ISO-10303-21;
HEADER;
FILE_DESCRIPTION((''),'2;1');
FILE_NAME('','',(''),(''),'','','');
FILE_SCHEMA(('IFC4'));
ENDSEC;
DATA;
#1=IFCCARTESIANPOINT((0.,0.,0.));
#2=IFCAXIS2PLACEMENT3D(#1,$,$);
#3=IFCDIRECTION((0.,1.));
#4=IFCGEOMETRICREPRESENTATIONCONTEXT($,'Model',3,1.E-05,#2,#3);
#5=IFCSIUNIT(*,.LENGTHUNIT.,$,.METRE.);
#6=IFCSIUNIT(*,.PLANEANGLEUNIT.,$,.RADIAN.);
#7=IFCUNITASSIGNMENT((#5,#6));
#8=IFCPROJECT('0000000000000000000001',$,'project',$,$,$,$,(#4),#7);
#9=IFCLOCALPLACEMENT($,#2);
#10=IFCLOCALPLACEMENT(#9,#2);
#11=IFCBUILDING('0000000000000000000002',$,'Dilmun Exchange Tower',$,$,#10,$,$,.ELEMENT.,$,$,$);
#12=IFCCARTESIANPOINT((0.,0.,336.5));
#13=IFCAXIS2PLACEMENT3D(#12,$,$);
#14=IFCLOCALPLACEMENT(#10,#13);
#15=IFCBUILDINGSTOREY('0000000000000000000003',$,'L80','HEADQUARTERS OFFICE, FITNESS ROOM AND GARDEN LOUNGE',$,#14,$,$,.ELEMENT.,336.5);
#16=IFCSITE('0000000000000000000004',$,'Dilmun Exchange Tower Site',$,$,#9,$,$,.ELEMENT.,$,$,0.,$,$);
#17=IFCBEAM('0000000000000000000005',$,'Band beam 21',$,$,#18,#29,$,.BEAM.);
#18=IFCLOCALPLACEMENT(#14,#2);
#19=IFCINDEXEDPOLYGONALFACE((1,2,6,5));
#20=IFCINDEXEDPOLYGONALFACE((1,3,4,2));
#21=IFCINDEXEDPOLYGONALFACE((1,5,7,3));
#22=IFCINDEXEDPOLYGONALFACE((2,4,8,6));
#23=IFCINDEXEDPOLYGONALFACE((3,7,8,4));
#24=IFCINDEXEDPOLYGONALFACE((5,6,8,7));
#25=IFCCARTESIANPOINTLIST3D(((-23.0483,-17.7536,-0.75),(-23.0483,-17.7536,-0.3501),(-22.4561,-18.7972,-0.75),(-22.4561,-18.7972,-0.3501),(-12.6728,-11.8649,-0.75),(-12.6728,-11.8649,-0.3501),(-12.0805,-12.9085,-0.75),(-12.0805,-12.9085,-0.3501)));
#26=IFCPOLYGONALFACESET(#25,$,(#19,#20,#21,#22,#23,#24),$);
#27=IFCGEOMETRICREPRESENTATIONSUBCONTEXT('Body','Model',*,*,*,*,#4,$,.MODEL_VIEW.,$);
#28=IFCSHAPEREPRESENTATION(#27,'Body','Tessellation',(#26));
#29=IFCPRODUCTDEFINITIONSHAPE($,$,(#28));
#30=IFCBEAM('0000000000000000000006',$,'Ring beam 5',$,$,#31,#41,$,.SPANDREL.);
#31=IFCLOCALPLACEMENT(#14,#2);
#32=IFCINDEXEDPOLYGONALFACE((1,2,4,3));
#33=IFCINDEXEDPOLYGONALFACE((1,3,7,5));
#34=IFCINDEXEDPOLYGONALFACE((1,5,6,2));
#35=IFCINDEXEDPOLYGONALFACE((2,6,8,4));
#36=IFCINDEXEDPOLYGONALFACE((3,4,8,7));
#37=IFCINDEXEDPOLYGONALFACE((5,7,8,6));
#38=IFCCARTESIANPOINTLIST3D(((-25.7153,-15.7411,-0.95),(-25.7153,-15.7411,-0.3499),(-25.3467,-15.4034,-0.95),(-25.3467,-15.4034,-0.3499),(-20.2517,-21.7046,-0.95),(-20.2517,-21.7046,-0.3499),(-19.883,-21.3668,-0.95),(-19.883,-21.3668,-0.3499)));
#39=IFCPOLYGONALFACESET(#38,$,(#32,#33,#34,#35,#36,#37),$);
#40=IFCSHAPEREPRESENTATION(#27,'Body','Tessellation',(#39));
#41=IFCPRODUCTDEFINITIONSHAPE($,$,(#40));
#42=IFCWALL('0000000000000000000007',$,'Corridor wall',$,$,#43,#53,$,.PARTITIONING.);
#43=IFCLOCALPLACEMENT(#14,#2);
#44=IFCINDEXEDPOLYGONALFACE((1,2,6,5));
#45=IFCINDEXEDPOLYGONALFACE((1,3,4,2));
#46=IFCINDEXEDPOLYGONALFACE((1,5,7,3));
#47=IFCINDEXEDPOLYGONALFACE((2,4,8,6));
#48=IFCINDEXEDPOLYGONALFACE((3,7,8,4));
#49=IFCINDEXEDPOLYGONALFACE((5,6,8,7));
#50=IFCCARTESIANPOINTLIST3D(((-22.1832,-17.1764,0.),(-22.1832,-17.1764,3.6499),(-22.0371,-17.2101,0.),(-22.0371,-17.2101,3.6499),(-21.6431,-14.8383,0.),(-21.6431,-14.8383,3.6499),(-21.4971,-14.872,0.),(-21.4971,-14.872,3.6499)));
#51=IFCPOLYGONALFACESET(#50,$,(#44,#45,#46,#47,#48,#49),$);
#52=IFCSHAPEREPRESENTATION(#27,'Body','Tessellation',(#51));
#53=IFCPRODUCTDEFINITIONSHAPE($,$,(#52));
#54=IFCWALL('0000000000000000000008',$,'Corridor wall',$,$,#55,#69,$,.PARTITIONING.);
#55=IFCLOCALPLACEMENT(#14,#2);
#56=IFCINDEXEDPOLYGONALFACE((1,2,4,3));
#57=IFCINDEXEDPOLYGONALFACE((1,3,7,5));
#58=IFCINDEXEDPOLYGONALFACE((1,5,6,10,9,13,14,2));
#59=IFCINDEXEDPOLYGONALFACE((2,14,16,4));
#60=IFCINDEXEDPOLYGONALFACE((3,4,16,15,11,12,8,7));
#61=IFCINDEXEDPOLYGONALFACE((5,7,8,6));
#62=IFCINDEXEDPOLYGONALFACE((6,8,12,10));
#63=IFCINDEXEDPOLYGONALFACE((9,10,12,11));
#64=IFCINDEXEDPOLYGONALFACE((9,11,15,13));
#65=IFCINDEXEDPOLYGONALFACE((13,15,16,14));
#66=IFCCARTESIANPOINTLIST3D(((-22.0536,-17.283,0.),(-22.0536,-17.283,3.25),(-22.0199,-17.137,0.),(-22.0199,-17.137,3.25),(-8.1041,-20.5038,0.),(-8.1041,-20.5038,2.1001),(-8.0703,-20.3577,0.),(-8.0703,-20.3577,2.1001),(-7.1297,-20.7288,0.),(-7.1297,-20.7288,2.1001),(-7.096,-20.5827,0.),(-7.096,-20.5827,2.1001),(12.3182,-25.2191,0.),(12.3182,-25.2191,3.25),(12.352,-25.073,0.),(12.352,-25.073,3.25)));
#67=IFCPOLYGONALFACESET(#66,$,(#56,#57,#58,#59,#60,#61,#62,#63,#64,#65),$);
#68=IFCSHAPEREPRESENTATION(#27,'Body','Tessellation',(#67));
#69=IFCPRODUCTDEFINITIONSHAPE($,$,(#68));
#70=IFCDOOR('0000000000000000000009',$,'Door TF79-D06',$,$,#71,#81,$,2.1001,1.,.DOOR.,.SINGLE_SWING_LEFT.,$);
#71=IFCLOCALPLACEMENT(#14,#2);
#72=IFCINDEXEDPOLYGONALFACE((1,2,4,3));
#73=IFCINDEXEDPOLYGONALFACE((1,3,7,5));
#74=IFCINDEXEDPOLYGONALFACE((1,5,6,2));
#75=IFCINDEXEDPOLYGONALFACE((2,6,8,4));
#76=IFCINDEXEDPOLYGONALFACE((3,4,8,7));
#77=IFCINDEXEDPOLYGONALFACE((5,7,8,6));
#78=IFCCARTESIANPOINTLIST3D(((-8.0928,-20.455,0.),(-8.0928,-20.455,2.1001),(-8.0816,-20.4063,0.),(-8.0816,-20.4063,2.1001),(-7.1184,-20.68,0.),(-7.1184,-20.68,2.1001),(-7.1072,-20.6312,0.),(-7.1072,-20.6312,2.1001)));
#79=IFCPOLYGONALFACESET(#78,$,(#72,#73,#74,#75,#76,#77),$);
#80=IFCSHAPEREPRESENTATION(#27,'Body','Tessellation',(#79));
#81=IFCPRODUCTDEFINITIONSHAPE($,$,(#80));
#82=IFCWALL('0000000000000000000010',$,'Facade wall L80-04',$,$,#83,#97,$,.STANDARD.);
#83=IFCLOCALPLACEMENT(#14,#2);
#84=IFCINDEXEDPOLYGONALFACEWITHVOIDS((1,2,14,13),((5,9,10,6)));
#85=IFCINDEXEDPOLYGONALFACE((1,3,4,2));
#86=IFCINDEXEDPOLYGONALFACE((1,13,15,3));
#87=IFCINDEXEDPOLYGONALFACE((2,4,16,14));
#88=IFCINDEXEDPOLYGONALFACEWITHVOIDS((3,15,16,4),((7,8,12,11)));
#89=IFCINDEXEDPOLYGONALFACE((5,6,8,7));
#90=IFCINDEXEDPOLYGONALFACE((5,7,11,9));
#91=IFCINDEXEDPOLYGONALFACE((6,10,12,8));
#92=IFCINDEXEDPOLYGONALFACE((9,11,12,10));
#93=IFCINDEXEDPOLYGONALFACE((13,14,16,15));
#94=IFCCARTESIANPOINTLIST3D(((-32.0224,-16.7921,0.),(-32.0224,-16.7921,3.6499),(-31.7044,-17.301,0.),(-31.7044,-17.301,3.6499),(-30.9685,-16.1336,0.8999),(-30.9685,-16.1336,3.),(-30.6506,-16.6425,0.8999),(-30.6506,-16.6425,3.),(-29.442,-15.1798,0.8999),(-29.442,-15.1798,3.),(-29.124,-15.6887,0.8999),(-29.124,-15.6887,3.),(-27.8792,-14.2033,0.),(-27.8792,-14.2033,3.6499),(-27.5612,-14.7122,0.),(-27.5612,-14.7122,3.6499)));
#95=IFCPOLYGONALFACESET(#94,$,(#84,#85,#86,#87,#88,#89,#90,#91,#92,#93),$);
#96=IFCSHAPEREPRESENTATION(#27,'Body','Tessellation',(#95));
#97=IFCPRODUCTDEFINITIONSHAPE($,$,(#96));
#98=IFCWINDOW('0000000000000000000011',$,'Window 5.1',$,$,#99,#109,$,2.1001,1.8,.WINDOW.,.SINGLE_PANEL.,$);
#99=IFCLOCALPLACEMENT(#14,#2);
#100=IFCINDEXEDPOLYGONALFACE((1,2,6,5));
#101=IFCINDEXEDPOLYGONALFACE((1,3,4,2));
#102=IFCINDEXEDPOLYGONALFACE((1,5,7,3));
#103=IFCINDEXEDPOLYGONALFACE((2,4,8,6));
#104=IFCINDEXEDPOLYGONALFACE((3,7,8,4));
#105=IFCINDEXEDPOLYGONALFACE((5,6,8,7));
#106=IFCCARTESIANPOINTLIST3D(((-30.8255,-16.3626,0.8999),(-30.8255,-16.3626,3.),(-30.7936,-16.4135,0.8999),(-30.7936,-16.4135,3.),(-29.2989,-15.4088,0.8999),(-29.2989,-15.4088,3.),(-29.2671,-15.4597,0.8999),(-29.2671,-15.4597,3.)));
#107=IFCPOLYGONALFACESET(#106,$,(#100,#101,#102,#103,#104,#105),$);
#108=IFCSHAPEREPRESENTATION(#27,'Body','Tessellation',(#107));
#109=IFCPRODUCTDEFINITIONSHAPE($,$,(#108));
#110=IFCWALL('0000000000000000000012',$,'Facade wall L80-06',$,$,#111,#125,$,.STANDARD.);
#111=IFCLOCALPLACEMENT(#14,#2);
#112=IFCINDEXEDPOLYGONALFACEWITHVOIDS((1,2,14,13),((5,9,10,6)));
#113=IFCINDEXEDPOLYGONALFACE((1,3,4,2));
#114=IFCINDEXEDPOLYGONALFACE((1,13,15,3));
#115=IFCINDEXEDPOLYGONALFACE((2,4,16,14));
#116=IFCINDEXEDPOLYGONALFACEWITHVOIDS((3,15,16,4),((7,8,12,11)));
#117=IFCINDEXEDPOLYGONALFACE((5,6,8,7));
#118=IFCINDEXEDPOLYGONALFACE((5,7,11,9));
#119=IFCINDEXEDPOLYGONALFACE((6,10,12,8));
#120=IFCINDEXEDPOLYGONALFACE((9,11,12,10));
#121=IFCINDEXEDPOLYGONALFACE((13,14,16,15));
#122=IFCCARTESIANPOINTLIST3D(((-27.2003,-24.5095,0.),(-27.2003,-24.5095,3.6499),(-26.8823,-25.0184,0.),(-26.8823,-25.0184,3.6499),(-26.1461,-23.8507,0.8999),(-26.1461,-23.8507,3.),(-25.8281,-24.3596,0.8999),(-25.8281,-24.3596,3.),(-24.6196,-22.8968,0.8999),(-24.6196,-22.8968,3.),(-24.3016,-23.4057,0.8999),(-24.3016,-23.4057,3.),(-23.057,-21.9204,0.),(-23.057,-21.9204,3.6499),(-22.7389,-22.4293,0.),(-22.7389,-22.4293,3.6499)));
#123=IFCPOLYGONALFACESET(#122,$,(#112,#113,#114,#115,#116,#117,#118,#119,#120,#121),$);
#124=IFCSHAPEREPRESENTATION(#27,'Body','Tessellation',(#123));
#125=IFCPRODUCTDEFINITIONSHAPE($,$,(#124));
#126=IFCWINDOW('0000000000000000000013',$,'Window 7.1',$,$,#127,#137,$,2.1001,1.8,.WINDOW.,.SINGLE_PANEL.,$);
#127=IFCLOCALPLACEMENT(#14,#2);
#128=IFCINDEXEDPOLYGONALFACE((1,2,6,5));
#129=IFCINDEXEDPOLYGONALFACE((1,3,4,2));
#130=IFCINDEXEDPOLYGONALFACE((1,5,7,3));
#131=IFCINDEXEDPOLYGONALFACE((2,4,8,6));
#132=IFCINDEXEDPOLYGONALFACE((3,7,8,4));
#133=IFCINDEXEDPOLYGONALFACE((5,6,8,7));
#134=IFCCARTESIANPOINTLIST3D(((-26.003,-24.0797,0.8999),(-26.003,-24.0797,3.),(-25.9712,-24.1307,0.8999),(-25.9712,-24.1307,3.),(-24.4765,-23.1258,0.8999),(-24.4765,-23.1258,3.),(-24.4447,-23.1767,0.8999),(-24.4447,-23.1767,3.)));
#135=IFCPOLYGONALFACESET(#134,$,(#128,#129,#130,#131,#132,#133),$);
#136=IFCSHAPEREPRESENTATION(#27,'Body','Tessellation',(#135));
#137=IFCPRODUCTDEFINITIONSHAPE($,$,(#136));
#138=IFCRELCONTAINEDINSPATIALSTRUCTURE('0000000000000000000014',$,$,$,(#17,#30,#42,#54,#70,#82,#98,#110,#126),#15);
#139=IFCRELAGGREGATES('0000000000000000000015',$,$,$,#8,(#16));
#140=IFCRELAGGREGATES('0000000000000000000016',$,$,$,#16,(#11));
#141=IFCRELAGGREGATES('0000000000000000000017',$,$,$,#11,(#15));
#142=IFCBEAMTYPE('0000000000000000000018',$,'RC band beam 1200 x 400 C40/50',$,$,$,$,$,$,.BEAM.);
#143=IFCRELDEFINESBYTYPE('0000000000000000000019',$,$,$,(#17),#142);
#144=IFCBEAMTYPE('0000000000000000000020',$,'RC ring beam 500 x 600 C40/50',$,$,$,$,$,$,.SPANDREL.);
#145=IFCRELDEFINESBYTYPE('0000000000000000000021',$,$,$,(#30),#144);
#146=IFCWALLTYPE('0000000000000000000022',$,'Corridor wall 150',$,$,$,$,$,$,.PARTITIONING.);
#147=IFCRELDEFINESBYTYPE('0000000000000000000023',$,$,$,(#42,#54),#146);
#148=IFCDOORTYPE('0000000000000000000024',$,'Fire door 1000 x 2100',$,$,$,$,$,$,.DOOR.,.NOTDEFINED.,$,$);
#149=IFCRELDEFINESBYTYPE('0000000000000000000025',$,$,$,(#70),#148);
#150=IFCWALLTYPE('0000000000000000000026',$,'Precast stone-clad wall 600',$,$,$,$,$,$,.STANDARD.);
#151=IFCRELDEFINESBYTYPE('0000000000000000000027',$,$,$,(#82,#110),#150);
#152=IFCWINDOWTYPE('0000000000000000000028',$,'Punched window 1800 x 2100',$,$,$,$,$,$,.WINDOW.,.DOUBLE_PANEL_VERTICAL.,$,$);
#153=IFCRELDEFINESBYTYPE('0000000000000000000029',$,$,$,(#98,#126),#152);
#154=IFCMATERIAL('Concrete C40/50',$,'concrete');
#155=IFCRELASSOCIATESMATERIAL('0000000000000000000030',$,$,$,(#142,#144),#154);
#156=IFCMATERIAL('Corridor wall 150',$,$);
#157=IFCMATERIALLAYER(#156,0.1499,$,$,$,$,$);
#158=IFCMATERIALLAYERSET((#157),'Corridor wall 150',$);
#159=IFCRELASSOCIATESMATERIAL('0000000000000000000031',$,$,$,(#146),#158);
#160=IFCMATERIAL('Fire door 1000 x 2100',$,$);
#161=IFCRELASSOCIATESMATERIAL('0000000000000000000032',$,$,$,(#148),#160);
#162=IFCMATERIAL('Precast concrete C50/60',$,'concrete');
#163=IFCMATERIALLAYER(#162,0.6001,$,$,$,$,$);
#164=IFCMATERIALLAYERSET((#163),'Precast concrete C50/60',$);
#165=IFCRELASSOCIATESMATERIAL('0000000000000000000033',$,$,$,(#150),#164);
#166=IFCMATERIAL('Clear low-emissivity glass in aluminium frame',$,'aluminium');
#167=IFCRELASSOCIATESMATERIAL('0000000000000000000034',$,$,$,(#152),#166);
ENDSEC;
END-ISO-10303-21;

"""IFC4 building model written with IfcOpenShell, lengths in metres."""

from ifc_helpers import new_model, si_unit, direction, frame, frame_2d, origin, origin_2d, place, context, subcontext, project, spatial, rectangle, extrude, material, layer, layer_set, material_profile, profile_set, type_object, element, fill, save


model = new_model("IFC4")

# Units and contexts
model_context = context("Model", 3, precision=1e-05, world=origin(), true_north=direction((0.0, 1.0)))
body_context = subcontext(model_context, "Body", "Model", "MODEL_VIEW")
ifc_project = project(units=[si_unit("LENGTHUNIT", "METRE"), si_unit("PLANEANGLEUNIT", "RADIAN")], contexts=[model_context])

# Site, building, storey
site_placement = place(None, origin())
site = spatial("IfcSite", under=ifc_project, at=site_placement, Name="Dilmun Exchange Tower Site", CompositionType="ELEMENT", RefElevation=0.0)
building_placement = place(site_placement, origin())
building = spatial("IfcBuilding", under=site, at=building_placement, Name="Dilmun Exchange Tower", CompositionType="ELEMENT")
storey_placement = place(building_placement, frame((0.0, 0.0, 336.5)))
storey = spatial("IfcBuildingStorey", under=building, at=storey_placement, Name="L80", Description="HEADQUARTERS OFFICE, FITNESS ROOM AND GARDEN LOUNGE", CompositionType="ELEMENT", Elevation=336.5)

# Beams
ifc_material_1 = material(Name="Concrete C40/50", Category="concrete")
ifc_material_profile_1 = material_profile(ifc_material_1, rectangle(XDim=1.2, YDim=0.3999, at=origin_2d()), Name="1200 x 400")
ifc_profile_set_1 = profile_set([ifc_material_profile_1], Name="Concrete C40/50")
beam_type_1 = type_object("IfcBeamType", Name="RC band beam 1200 x 400 C40/50", PredefinedType="BEAM", material=ifc_profile_set_1)
beam_1_placement = place(storey_placement, frame((-22.7522, -18.2754, -0.55), z_axis=(0.86969, 0.493598, 0.0), x_axis=(-0.493598, 0.86969, 0.0)))
element("IfcBeam", 1, at=beam_1_placement, inside=storey, type_object=beam_type_1, Name="Band beam 21", PredefinedType="BEAM", context=body_context, shape_type="SweptSolid", body=[
    extrude(rectangle(XDim=1.2, YDim=0.3999, at=origin_2d()), origin(), (0.0, 0.0, 1.0), 11.9302),
])
ifc_material_profile_2 = material_profile(ifc_material_1, rectangle(XDim=0.5, YDim=0.6001, at=origin_2d()), Name="500 x 600")
ifc_profile_set_2 = profile_set([ifc_material_profile_2], Name="Concrete C40/50")
beam_type_2 = type_object("IfcBeamType", Name="RC ring beam 500 x 600 C40/50", PredefinedType="SPANDREL", material=ifc_profile_set_2)
beam_2_placement = place(storey_placement, frame((-25.531, -15.5723, -0.6499), z_axis=(0.675536, -0.737327, 0.0), x_axis=(0.737327, 0.675536, 0.0)))
element("IfcBeam", 2, at=beam_2_placement, inside=storey, type_object=beam_type_2, Name="Ring beam 5", PredefinedType="SPANDREL", context=body_context, shape_type="SweptSolid", body=[
    extrude(rectangle(XDim=0.5, YDim=0.6001, at=origin_2d()), origin(), (0.0, 0.0, 1.0), 8.0879),
])

# Wall
ifc_material_2 = material(Name="Corridor wall 150")
ifc_layer_1 = layer(ifc_material_2, 0.1499)
ifc_layer_set_1 = layer_set([ifc_layer_1], Name="Corridor wall 150")
wall_type_1 = type_object("IfcWallType", Name="Corridor wall 150", PredefinedType="PARTITIONING", material=ifc_layer_set_1)
wall_1_placement = place(storey_placement, frame((-22.1101, -17.1931, 0.0), z_axis=(0.0, 0.0, 1.0), x_axis=(0.225045, 0.974348, 0.0)))
element("IfcWall", 3, at=wall_1_placement, inside=storey, type_object=wall_type_1, Name="Corridor wall", PredefinedType="PARTITIONING", context=body_context, shape_type="SweptSolid", body=[
    extrude(rectangle(XDim=2.3997, YDim=0.1499, at=frame_2d((1.1997, 0.0))), origin(), (0.0, 0.0, 1.0), 3.6499),
])

# Wall, opening, door
wall_2_placement = place(storey_placement, frame((-22.0369, -17.21, 0.0), z_axis=(0.0, 0.0, 1.0), x_axis=(0.974366, -0.224969, 0.0)))
wall_2 = element("IfcWall", 4, at=wall_2_placement, inside=storey, type_object=wall_type_1, Name="Corridor wall", PredefinedType="PARTITIONING", context=body_context, shape_type="SweptSolid", body=[
    extrude(rectangle(XDim=35.2761, YDim=0.1499, at=frame_2d((17.6382, 0.0))), origin(), (0.0, 0.0, 1.0), 3.25),
])
opening_1_placement = place(wall_2_placement, frame((14.3167, 0.0, 0.0)))
opening_1 = element("IfcOpeningElement", 5, at=opening_1_placement, cuts=wall_2, PredefinedType="OPENING", context=body_context, shape_type="SweptSolid", body=[
    extrude(rectangle(XDim=1.0, YDim=2.1001, at=frame_2d((0.5, 1.05))), frame((0.0, 0.085, 0.0), z_axis=(0.0, -1.0, 0.0), x_axis=(1.0, 0.0, 0.0)), (0.0, 0.0, 1.0), 0.1699),
])
ifc_material_3 = material(Name="Fire door 1000 x 2100")
door_type = type_object("IfcDoorType", Name="Fire door 1000 x 2100", OperationType="NOTDEFINED", PredefinedType="DOOR", material=ifc_material_3)
door_placement = place(opening_1_placement, frame((1.0, 0.0, 0.0), z_axis=(0.0, 0.0, 1.0), x_axis=(-1.0, 0.0, 0.0)))
door = element("IfcDoor", 6, at=door_placement, inside=storey, type_object=door_type, Name="Door TF79-D06", OperationType="SINGLE_SWING_LEFT", OverallHeight=2.1001, OverallWidth=1.0, PredefinedType="DOOR", context=body_context, shape_type="SweptSolid", body=[
    extrude(rectangle(XDim=1.0, YDim=2.1001, at=frame_2d((0.5, 1.05))), frame((0.0, 0.0249, 0.0), z_axis=(0.0, -1.0, 0.0), x_axis=(1.0, 0.0, 0.0)), (0.0, 0.0, 1.0), 0.05),
])
fill(opening_1, door)

# Walls, openings, windows
ifc_material_4 = material(Name="Precast concrete C50/60", Category="concrete")
ifc_layer_2 = layer(ifc_material_4, 0.6001)
ifc_layer_set_2 = layer_set([ifc_layer_2], Name="Precast concrete C50/60")
wall_type_2 = type_object("IfcWallType", Name="Precast stone-clad wall 600", PredefinedType="STANDARD", material=ifc_layer_set_2)
wall_3_placement = place(storey_placement, frame((-31.8635, -17.0466, 0.0), z_axis=(0.0, 0.0, 1.0), x_axis=(0.848063, 0.529896, 0.0)))
wall_3 = element("IfcWall", 7, at=wall_3_placement, inside=storey, type_object=wall_type_2, Name="Facade wall L80-04", PredefinedType="STANDARD", context=body_context, shape_type="SweptSolid", body=[
    extrude(rectangle(XDim=4.8855, YDim=0.6001, at=frame_2d((2.4429, 0.0))), origin(), (0.0, 0.0, 1.0), 3.6499),
])
opening_2_placement = place(wall_3_placement, frame((1.2429, 0.0, 0.8999)))
opening_2 = element("IfcOpeningElement", 8, at=opening_2_placement, cuts=wall_3, PredefinedType="OPENING", context=body_context, shape_type="SweptSolid", body=[
    extrude(rectangle(XDim=1.8, YDim=2.1001, at=frame_2d((0.8999, 1.05))), frame((0.0, 0.3101, 0.0), z_axis=(0.0, -1.0, 0.0), x_axis=(1.0, 0.0, 0.0)), (0.0, 0.0, 1.0), 0.6201),
])
ifc_material_5 = material(Name="Clear low-emissivity glass in aluminium frame", Category="aluminium")
window_type_1 = type_object("IfcWindowType", Name="Punched window 1800 x 2100", PartitioningType="DOUBLE_PANEL_VERTICAL", PredefinedType="WINDOW", material=ifc_material_5)
window_1_placement = place(opening_2_placement, origin())
window_1 = element("IfcWindow", 9, at=window_1_placement, inside=storey, type_object=window_type_1, Name="Window 5.1", OverallHeight=2.1001, OverallWidth=1.8, PartitioningType="SINGLE_PANEL", PredefinedType="WINDOW", context=body_context, shape_type="SweptSolid", body=[
    extrude(rectangle(XDim=1.8, YDim=2.1001, at=frame_2d((0.8999, 1.05))), frame((0.0, 0.03, 0.0), z_axis=(0.0, -1.0, 0.0), x_axis=(1.0, 0.0, 0.0)), (0.0, 0.0, 1.0), 0.0601),
])
fill(opening_2, window_1)
wall_4_placement = place(storey_placement, frame((-22.8979, -22.1748, 0.0), z_axis=(0.0, 0.0, 1.0), x_axis=(-0.84804, -0.529932, 0.0)))
wall_4 = element("IfcWall", 10, at=wall_4_placement, inside=storey, type_object=wall_type_2, Name="Facade wall L80-06", PredefinedType="STANDARD", context=body_context, shape_type="SweptSolid", body=[
    extrude(rectangle(XDim=4.8857, YDim=0.6001, at=frame_2d((2.4429, 0.0))), origin(), (0.0, 0.0, 1.0), 3.6499),
])
opening_3_placement = place(wall_4_placement, frame((1.8428, 0.0, 0.8999)))
opening_3 = element("IfcOpeningElement", 11, at=opening_3_placement, cuts=wall_4, PredefinedType="OPENING", context=body_context, shape_type="SweptSolid", body=[
    extrude(rectangle(XDim=1.8, YDim=2.1001, at=frame_2d((0.8999, 1.05))), frame((0.0, 0.3101, 0.0), z_axis=(0.0, -1.0, 0.0), x_axis=(1.0, 0.0, 0.0)), (0.0, 0.0, 1.0), 0.6201),
])
window_2_placement = place(opening_3_placement, origin())
window_2 = element("IfcWindow", 12, at=window_2_placement, inside=storey, type_object=window_type_1, Name="Window 7.1", OverallHeight=2.1001, OverallWidth=1.8, PartitioningType="SINGLE_PANEL", PredefinedType="WINDOW", context=body_context, shape_type="SweptSolid", body=[
    extrude(rectangle(XDim=1.8, YDim=2.1001, at=frame_2d((0.8999, 1.05))), frame((0.0, 0.03, 0.0), z_axis=(0.0, -1.0, 0.0), x_axis=(1.0, 0.0, 0.0)), (0.0, 0.0, 1.0), 0.0601),
])
fill(opening_3, window_2)

save(model, "model.ifc")
